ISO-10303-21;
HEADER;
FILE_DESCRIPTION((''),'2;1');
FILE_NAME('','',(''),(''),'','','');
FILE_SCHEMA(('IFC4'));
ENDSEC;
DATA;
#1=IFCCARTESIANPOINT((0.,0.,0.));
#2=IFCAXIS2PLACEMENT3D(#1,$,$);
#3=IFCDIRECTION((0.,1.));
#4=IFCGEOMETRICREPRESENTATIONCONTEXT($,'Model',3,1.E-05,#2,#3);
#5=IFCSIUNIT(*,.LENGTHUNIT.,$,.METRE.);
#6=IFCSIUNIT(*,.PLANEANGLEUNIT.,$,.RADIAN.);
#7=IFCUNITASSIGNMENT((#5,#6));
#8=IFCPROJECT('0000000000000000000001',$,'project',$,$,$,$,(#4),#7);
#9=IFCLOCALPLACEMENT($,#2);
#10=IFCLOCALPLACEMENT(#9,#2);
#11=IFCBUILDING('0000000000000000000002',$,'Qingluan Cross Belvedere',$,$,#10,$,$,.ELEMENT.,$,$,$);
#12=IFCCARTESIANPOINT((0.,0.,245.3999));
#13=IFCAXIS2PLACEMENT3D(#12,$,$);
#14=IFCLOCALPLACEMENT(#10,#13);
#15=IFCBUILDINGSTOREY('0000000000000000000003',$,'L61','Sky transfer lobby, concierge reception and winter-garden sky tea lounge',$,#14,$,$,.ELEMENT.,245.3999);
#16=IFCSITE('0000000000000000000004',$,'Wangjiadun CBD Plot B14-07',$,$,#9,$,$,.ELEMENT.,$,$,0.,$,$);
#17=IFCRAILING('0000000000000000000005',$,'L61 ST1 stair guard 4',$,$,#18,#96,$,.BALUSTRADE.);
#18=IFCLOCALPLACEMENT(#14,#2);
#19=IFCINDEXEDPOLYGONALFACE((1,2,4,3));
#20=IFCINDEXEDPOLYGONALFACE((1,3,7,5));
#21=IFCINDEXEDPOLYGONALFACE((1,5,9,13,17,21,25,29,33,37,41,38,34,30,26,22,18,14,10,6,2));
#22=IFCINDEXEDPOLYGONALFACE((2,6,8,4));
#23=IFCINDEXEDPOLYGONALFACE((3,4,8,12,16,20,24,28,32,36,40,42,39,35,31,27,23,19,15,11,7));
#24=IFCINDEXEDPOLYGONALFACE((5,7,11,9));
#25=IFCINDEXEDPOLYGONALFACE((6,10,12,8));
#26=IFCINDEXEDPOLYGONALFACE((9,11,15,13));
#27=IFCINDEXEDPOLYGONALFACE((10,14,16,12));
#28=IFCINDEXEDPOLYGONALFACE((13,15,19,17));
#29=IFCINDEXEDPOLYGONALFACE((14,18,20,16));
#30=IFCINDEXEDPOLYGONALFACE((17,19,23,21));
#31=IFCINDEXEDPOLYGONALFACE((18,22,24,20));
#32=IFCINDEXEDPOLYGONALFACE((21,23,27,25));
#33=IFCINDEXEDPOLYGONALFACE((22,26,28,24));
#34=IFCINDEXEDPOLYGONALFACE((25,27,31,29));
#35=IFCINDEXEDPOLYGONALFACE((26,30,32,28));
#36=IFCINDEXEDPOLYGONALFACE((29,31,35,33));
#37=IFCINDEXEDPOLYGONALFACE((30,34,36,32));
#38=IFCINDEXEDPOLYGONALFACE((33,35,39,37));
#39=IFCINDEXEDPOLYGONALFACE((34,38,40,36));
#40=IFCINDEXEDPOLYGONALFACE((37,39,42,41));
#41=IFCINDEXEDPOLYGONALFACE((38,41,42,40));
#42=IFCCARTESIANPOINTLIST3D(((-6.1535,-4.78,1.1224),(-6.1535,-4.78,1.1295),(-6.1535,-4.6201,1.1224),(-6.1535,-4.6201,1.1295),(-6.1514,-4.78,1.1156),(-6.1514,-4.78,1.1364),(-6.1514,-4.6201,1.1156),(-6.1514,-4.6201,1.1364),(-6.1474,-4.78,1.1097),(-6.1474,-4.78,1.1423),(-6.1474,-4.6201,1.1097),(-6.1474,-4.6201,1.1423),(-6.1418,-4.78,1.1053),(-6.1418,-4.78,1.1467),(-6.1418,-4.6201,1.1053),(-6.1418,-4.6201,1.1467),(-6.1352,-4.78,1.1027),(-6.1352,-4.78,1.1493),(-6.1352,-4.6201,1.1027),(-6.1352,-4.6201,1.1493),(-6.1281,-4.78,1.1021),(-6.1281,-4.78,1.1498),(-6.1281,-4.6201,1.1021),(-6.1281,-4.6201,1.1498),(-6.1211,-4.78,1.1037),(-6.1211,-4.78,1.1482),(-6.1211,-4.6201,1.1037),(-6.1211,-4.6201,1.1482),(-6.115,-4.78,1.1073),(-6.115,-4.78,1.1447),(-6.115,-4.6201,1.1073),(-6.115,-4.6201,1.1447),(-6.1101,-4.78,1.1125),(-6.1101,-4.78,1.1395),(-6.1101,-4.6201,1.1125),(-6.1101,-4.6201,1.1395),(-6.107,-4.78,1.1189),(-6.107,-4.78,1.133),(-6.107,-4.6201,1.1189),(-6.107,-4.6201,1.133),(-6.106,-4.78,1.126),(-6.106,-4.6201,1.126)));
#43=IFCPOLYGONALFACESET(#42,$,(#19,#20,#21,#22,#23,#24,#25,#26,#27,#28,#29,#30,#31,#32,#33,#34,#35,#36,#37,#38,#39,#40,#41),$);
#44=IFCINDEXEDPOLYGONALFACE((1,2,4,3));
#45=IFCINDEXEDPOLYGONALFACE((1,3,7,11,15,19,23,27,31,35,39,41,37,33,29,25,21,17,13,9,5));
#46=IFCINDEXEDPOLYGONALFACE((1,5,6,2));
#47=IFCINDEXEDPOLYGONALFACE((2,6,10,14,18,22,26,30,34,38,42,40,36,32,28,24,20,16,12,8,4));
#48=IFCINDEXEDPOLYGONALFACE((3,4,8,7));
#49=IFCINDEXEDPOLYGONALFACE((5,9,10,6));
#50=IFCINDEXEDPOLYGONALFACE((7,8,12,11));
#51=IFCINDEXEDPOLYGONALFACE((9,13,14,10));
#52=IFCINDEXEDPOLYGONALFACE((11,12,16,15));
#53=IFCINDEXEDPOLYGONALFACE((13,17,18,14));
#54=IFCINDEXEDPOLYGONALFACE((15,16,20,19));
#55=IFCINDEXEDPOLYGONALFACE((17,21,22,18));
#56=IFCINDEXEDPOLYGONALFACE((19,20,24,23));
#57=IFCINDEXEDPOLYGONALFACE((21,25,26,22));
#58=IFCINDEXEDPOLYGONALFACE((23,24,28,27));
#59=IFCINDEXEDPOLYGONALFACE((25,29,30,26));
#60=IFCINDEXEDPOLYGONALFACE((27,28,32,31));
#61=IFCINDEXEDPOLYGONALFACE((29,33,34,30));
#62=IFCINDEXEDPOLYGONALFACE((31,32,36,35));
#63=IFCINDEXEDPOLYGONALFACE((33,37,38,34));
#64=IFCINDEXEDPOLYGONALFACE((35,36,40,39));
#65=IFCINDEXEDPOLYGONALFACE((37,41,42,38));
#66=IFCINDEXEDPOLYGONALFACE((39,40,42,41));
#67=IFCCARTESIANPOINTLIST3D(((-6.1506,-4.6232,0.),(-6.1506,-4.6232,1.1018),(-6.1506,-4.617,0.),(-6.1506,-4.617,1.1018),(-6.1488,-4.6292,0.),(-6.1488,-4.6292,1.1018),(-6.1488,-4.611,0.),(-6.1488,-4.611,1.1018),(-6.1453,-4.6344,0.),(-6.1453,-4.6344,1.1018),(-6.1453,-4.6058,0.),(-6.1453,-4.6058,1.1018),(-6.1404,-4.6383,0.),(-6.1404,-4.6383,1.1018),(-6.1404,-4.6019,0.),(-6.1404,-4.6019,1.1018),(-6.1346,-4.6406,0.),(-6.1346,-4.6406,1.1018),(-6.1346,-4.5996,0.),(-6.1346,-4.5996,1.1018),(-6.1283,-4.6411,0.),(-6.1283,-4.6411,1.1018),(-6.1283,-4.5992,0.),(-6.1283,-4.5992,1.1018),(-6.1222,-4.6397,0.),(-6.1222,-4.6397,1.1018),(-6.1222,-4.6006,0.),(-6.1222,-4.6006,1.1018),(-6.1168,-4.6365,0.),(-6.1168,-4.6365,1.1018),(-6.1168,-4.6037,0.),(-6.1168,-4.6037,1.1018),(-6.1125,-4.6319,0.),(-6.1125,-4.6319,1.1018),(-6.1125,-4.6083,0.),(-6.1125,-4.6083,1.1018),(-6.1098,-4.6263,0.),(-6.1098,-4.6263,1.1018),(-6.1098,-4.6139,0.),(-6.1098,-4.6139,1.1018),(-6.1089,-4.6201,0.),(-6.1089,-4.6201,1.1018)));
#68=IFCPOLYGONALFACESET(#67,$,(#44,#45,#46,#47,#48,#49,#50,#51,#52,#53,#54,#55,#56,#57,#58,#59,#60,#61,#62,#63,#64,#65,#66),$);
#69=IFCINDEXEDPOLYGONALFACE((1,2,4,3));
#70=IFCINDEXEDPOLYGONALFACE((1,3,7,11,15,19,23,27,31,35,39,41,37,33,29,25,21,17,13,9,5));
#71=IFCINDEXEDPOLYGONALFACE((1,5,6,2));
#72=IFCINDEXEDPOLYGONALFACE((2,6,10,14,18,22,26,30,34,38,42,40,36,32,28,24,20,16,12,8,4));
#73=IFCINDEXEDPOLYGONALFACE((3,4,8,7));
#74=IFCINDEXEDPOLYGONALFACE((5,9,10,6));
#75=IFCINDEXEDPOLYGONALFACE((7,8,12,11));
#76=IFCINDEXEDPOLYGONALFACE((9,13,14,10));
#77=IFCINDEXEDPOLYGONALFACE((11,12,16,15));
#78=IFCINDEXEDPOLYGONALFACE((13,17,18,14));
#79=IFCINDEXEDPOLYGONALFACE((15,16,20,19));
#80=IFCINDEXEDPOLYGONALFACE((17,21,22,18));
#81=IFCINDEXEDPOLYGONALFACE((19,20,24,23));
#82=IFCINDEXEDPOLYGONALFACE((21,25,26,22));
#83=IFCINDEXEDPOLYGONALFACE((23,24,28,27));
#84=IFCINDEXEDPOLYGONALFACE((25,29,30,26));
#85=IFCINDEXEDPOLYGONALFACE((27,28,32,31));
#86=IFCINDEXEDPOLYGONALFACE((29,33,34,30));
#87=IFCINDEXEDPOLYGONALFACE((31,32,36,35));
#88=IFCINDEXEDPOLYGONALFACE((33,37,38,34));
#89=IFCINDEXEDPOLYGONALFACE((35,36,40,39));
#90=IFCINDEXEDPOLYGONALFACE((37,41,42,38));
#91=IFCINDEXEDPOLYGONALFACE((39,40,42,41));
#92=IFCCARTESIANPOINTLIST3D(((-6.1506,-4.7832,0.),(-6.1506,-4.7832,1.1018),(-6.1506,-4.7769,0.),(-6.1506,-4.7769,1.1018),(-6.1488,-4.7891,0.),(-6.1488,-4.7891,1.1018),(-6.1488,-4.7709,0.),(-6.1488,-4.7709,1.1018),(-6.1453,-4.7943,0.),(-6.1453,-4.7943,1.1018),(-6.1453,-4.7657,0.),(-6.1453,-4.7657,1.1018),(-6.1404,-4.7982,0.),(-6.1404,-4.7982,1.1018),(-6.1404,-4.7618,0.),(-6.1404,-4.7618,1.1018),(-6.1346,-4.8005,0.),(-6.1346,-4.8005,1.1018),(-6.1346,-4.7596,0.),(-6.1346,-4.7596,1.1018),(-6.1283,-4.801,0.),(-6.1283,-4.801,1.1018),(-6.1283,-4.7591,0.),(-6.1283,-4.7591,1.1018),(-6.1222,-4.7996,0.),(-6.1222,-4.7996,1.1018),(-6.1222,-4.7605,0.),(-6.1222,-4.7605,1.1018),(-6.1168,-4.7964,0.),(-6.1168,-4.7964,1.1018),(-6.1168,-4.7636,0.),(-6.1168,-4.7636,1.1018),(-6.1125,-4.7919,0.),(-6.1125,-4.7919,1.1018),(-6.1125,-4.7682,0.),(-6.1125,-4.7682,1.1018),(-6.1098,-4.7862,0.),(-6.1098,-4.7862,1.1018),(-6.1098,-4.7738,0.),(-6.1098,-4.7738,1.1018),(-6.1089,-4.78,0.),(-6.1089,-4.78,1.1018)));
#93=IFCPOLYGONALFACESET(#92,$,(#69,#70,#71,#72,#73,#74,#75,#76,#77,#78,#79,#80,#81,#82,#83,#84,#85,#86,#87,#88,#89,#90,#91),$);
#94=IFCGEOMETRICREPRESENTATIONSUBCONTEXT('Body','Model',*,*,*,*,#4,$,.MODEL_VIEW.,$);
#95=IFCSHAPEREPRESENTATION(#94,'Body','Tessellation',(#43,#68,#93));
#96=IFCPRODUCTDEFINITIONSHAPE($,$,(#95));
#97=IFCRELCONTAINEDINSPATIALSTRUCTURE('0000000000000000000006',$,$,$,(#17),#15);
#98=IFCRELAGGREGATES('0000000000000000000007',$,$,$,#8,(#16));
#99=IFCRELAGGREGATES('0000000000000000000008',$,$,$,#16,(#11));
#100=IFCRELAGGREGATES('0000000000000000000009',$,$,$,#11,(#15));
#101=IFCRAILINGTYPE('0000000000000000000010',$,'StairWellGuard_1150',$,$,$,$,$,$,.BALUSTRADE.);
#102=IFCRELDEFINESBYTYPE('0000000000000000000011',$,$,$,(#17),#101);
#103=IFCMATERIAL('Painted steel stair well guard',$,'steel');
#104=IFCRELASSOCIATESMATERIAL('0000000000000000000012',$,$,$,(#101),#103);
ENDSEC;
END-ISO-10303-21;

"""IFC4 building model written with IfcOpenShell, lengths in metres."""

from ifc_helpers import new_model, si_unit, direction, frame, origin, origin_2d, place, context, subcontext, project, spatial, circle, extrude, material, type_object, element, save


model = new_model("IFC4")

# Units and contexts
model_context = context("Model", 3, precision=1e-05, world=origin(), true_north=direction((0.0, 1.0)))
body_context = subcontext(model_context, "Body", "Model", "MODEL_VIEW")
ifc_project = project(units=[si_unit("LENGTHUNIT", "METRE"), si_unit("PLANEANGLEUNIT", "RADIAN")], contexts=[model_context])

# Site, building, storey
site_placement = place(None, origin())
site = spatial("IfcSite", under=ifc_project, at=site_placement, Name="Wangjiadun CBD Plot B14-07", CompositionType="ELEMENT", RefElevation=0.0)
building_placement = place(site_placement, origin())
building = spatial("IfcBuilding", under=site, at=building_placement, Name="Qingluan Cross Belvedere", CompositionType="ELEMENT")
storey_placement = place(building_placement, frame((0.0, 0.0, 245.3999)))
storey = spatial("IfcBuildingStorey", under=building, at=storey_placement, Name="L61", Description="Sky transfer lobby, concierge reception and winter-garden sky tea lounge", CompositionType="ELEMENT", Elevation=245.3999)

# Railing
ifc_material_1 = material(Name="Painted steel stair well guard", Category="steel")
railing_type_1 = type_object("IfcRailingType", Name="StairWellGuard_1150", PredefinedType="BALUSTRADE", material=ifc_material_1)
railing_1_placement = place(storey_placement, frame((-6.1299, -4.6201, 0.0)))
element("IfcRailing", 1, at=railing_1_placement, inside=storey, type_object=railing_type_1, Name="L61 ST1 stair guard 4", PredefinedType="BALUSTRADE", context=body_context, shape_type="SweptSolid", body=[
    extrude(circle(Radius=0.0239, at=origin_2d()), frame((0.0, 0.0, 1.126), z_axis=(0.0, -1.0, 0.0), x_axis=(1.0, 0.0, 0.0)), (0.0, 0.0, 1.0), 0.1599),
    extrude(circle(Radius=0.021, at=origin_2d()), origin(), (0.0, 0.0, 1.0), 1.1018),
    extrude(circle(Radius=0.021, at=origin_2d()), frame((0.0, -0.1599, 0.0)), (0.0, 0.0, 1.0), 1.1018),
])

save(model, "model.ifc")
